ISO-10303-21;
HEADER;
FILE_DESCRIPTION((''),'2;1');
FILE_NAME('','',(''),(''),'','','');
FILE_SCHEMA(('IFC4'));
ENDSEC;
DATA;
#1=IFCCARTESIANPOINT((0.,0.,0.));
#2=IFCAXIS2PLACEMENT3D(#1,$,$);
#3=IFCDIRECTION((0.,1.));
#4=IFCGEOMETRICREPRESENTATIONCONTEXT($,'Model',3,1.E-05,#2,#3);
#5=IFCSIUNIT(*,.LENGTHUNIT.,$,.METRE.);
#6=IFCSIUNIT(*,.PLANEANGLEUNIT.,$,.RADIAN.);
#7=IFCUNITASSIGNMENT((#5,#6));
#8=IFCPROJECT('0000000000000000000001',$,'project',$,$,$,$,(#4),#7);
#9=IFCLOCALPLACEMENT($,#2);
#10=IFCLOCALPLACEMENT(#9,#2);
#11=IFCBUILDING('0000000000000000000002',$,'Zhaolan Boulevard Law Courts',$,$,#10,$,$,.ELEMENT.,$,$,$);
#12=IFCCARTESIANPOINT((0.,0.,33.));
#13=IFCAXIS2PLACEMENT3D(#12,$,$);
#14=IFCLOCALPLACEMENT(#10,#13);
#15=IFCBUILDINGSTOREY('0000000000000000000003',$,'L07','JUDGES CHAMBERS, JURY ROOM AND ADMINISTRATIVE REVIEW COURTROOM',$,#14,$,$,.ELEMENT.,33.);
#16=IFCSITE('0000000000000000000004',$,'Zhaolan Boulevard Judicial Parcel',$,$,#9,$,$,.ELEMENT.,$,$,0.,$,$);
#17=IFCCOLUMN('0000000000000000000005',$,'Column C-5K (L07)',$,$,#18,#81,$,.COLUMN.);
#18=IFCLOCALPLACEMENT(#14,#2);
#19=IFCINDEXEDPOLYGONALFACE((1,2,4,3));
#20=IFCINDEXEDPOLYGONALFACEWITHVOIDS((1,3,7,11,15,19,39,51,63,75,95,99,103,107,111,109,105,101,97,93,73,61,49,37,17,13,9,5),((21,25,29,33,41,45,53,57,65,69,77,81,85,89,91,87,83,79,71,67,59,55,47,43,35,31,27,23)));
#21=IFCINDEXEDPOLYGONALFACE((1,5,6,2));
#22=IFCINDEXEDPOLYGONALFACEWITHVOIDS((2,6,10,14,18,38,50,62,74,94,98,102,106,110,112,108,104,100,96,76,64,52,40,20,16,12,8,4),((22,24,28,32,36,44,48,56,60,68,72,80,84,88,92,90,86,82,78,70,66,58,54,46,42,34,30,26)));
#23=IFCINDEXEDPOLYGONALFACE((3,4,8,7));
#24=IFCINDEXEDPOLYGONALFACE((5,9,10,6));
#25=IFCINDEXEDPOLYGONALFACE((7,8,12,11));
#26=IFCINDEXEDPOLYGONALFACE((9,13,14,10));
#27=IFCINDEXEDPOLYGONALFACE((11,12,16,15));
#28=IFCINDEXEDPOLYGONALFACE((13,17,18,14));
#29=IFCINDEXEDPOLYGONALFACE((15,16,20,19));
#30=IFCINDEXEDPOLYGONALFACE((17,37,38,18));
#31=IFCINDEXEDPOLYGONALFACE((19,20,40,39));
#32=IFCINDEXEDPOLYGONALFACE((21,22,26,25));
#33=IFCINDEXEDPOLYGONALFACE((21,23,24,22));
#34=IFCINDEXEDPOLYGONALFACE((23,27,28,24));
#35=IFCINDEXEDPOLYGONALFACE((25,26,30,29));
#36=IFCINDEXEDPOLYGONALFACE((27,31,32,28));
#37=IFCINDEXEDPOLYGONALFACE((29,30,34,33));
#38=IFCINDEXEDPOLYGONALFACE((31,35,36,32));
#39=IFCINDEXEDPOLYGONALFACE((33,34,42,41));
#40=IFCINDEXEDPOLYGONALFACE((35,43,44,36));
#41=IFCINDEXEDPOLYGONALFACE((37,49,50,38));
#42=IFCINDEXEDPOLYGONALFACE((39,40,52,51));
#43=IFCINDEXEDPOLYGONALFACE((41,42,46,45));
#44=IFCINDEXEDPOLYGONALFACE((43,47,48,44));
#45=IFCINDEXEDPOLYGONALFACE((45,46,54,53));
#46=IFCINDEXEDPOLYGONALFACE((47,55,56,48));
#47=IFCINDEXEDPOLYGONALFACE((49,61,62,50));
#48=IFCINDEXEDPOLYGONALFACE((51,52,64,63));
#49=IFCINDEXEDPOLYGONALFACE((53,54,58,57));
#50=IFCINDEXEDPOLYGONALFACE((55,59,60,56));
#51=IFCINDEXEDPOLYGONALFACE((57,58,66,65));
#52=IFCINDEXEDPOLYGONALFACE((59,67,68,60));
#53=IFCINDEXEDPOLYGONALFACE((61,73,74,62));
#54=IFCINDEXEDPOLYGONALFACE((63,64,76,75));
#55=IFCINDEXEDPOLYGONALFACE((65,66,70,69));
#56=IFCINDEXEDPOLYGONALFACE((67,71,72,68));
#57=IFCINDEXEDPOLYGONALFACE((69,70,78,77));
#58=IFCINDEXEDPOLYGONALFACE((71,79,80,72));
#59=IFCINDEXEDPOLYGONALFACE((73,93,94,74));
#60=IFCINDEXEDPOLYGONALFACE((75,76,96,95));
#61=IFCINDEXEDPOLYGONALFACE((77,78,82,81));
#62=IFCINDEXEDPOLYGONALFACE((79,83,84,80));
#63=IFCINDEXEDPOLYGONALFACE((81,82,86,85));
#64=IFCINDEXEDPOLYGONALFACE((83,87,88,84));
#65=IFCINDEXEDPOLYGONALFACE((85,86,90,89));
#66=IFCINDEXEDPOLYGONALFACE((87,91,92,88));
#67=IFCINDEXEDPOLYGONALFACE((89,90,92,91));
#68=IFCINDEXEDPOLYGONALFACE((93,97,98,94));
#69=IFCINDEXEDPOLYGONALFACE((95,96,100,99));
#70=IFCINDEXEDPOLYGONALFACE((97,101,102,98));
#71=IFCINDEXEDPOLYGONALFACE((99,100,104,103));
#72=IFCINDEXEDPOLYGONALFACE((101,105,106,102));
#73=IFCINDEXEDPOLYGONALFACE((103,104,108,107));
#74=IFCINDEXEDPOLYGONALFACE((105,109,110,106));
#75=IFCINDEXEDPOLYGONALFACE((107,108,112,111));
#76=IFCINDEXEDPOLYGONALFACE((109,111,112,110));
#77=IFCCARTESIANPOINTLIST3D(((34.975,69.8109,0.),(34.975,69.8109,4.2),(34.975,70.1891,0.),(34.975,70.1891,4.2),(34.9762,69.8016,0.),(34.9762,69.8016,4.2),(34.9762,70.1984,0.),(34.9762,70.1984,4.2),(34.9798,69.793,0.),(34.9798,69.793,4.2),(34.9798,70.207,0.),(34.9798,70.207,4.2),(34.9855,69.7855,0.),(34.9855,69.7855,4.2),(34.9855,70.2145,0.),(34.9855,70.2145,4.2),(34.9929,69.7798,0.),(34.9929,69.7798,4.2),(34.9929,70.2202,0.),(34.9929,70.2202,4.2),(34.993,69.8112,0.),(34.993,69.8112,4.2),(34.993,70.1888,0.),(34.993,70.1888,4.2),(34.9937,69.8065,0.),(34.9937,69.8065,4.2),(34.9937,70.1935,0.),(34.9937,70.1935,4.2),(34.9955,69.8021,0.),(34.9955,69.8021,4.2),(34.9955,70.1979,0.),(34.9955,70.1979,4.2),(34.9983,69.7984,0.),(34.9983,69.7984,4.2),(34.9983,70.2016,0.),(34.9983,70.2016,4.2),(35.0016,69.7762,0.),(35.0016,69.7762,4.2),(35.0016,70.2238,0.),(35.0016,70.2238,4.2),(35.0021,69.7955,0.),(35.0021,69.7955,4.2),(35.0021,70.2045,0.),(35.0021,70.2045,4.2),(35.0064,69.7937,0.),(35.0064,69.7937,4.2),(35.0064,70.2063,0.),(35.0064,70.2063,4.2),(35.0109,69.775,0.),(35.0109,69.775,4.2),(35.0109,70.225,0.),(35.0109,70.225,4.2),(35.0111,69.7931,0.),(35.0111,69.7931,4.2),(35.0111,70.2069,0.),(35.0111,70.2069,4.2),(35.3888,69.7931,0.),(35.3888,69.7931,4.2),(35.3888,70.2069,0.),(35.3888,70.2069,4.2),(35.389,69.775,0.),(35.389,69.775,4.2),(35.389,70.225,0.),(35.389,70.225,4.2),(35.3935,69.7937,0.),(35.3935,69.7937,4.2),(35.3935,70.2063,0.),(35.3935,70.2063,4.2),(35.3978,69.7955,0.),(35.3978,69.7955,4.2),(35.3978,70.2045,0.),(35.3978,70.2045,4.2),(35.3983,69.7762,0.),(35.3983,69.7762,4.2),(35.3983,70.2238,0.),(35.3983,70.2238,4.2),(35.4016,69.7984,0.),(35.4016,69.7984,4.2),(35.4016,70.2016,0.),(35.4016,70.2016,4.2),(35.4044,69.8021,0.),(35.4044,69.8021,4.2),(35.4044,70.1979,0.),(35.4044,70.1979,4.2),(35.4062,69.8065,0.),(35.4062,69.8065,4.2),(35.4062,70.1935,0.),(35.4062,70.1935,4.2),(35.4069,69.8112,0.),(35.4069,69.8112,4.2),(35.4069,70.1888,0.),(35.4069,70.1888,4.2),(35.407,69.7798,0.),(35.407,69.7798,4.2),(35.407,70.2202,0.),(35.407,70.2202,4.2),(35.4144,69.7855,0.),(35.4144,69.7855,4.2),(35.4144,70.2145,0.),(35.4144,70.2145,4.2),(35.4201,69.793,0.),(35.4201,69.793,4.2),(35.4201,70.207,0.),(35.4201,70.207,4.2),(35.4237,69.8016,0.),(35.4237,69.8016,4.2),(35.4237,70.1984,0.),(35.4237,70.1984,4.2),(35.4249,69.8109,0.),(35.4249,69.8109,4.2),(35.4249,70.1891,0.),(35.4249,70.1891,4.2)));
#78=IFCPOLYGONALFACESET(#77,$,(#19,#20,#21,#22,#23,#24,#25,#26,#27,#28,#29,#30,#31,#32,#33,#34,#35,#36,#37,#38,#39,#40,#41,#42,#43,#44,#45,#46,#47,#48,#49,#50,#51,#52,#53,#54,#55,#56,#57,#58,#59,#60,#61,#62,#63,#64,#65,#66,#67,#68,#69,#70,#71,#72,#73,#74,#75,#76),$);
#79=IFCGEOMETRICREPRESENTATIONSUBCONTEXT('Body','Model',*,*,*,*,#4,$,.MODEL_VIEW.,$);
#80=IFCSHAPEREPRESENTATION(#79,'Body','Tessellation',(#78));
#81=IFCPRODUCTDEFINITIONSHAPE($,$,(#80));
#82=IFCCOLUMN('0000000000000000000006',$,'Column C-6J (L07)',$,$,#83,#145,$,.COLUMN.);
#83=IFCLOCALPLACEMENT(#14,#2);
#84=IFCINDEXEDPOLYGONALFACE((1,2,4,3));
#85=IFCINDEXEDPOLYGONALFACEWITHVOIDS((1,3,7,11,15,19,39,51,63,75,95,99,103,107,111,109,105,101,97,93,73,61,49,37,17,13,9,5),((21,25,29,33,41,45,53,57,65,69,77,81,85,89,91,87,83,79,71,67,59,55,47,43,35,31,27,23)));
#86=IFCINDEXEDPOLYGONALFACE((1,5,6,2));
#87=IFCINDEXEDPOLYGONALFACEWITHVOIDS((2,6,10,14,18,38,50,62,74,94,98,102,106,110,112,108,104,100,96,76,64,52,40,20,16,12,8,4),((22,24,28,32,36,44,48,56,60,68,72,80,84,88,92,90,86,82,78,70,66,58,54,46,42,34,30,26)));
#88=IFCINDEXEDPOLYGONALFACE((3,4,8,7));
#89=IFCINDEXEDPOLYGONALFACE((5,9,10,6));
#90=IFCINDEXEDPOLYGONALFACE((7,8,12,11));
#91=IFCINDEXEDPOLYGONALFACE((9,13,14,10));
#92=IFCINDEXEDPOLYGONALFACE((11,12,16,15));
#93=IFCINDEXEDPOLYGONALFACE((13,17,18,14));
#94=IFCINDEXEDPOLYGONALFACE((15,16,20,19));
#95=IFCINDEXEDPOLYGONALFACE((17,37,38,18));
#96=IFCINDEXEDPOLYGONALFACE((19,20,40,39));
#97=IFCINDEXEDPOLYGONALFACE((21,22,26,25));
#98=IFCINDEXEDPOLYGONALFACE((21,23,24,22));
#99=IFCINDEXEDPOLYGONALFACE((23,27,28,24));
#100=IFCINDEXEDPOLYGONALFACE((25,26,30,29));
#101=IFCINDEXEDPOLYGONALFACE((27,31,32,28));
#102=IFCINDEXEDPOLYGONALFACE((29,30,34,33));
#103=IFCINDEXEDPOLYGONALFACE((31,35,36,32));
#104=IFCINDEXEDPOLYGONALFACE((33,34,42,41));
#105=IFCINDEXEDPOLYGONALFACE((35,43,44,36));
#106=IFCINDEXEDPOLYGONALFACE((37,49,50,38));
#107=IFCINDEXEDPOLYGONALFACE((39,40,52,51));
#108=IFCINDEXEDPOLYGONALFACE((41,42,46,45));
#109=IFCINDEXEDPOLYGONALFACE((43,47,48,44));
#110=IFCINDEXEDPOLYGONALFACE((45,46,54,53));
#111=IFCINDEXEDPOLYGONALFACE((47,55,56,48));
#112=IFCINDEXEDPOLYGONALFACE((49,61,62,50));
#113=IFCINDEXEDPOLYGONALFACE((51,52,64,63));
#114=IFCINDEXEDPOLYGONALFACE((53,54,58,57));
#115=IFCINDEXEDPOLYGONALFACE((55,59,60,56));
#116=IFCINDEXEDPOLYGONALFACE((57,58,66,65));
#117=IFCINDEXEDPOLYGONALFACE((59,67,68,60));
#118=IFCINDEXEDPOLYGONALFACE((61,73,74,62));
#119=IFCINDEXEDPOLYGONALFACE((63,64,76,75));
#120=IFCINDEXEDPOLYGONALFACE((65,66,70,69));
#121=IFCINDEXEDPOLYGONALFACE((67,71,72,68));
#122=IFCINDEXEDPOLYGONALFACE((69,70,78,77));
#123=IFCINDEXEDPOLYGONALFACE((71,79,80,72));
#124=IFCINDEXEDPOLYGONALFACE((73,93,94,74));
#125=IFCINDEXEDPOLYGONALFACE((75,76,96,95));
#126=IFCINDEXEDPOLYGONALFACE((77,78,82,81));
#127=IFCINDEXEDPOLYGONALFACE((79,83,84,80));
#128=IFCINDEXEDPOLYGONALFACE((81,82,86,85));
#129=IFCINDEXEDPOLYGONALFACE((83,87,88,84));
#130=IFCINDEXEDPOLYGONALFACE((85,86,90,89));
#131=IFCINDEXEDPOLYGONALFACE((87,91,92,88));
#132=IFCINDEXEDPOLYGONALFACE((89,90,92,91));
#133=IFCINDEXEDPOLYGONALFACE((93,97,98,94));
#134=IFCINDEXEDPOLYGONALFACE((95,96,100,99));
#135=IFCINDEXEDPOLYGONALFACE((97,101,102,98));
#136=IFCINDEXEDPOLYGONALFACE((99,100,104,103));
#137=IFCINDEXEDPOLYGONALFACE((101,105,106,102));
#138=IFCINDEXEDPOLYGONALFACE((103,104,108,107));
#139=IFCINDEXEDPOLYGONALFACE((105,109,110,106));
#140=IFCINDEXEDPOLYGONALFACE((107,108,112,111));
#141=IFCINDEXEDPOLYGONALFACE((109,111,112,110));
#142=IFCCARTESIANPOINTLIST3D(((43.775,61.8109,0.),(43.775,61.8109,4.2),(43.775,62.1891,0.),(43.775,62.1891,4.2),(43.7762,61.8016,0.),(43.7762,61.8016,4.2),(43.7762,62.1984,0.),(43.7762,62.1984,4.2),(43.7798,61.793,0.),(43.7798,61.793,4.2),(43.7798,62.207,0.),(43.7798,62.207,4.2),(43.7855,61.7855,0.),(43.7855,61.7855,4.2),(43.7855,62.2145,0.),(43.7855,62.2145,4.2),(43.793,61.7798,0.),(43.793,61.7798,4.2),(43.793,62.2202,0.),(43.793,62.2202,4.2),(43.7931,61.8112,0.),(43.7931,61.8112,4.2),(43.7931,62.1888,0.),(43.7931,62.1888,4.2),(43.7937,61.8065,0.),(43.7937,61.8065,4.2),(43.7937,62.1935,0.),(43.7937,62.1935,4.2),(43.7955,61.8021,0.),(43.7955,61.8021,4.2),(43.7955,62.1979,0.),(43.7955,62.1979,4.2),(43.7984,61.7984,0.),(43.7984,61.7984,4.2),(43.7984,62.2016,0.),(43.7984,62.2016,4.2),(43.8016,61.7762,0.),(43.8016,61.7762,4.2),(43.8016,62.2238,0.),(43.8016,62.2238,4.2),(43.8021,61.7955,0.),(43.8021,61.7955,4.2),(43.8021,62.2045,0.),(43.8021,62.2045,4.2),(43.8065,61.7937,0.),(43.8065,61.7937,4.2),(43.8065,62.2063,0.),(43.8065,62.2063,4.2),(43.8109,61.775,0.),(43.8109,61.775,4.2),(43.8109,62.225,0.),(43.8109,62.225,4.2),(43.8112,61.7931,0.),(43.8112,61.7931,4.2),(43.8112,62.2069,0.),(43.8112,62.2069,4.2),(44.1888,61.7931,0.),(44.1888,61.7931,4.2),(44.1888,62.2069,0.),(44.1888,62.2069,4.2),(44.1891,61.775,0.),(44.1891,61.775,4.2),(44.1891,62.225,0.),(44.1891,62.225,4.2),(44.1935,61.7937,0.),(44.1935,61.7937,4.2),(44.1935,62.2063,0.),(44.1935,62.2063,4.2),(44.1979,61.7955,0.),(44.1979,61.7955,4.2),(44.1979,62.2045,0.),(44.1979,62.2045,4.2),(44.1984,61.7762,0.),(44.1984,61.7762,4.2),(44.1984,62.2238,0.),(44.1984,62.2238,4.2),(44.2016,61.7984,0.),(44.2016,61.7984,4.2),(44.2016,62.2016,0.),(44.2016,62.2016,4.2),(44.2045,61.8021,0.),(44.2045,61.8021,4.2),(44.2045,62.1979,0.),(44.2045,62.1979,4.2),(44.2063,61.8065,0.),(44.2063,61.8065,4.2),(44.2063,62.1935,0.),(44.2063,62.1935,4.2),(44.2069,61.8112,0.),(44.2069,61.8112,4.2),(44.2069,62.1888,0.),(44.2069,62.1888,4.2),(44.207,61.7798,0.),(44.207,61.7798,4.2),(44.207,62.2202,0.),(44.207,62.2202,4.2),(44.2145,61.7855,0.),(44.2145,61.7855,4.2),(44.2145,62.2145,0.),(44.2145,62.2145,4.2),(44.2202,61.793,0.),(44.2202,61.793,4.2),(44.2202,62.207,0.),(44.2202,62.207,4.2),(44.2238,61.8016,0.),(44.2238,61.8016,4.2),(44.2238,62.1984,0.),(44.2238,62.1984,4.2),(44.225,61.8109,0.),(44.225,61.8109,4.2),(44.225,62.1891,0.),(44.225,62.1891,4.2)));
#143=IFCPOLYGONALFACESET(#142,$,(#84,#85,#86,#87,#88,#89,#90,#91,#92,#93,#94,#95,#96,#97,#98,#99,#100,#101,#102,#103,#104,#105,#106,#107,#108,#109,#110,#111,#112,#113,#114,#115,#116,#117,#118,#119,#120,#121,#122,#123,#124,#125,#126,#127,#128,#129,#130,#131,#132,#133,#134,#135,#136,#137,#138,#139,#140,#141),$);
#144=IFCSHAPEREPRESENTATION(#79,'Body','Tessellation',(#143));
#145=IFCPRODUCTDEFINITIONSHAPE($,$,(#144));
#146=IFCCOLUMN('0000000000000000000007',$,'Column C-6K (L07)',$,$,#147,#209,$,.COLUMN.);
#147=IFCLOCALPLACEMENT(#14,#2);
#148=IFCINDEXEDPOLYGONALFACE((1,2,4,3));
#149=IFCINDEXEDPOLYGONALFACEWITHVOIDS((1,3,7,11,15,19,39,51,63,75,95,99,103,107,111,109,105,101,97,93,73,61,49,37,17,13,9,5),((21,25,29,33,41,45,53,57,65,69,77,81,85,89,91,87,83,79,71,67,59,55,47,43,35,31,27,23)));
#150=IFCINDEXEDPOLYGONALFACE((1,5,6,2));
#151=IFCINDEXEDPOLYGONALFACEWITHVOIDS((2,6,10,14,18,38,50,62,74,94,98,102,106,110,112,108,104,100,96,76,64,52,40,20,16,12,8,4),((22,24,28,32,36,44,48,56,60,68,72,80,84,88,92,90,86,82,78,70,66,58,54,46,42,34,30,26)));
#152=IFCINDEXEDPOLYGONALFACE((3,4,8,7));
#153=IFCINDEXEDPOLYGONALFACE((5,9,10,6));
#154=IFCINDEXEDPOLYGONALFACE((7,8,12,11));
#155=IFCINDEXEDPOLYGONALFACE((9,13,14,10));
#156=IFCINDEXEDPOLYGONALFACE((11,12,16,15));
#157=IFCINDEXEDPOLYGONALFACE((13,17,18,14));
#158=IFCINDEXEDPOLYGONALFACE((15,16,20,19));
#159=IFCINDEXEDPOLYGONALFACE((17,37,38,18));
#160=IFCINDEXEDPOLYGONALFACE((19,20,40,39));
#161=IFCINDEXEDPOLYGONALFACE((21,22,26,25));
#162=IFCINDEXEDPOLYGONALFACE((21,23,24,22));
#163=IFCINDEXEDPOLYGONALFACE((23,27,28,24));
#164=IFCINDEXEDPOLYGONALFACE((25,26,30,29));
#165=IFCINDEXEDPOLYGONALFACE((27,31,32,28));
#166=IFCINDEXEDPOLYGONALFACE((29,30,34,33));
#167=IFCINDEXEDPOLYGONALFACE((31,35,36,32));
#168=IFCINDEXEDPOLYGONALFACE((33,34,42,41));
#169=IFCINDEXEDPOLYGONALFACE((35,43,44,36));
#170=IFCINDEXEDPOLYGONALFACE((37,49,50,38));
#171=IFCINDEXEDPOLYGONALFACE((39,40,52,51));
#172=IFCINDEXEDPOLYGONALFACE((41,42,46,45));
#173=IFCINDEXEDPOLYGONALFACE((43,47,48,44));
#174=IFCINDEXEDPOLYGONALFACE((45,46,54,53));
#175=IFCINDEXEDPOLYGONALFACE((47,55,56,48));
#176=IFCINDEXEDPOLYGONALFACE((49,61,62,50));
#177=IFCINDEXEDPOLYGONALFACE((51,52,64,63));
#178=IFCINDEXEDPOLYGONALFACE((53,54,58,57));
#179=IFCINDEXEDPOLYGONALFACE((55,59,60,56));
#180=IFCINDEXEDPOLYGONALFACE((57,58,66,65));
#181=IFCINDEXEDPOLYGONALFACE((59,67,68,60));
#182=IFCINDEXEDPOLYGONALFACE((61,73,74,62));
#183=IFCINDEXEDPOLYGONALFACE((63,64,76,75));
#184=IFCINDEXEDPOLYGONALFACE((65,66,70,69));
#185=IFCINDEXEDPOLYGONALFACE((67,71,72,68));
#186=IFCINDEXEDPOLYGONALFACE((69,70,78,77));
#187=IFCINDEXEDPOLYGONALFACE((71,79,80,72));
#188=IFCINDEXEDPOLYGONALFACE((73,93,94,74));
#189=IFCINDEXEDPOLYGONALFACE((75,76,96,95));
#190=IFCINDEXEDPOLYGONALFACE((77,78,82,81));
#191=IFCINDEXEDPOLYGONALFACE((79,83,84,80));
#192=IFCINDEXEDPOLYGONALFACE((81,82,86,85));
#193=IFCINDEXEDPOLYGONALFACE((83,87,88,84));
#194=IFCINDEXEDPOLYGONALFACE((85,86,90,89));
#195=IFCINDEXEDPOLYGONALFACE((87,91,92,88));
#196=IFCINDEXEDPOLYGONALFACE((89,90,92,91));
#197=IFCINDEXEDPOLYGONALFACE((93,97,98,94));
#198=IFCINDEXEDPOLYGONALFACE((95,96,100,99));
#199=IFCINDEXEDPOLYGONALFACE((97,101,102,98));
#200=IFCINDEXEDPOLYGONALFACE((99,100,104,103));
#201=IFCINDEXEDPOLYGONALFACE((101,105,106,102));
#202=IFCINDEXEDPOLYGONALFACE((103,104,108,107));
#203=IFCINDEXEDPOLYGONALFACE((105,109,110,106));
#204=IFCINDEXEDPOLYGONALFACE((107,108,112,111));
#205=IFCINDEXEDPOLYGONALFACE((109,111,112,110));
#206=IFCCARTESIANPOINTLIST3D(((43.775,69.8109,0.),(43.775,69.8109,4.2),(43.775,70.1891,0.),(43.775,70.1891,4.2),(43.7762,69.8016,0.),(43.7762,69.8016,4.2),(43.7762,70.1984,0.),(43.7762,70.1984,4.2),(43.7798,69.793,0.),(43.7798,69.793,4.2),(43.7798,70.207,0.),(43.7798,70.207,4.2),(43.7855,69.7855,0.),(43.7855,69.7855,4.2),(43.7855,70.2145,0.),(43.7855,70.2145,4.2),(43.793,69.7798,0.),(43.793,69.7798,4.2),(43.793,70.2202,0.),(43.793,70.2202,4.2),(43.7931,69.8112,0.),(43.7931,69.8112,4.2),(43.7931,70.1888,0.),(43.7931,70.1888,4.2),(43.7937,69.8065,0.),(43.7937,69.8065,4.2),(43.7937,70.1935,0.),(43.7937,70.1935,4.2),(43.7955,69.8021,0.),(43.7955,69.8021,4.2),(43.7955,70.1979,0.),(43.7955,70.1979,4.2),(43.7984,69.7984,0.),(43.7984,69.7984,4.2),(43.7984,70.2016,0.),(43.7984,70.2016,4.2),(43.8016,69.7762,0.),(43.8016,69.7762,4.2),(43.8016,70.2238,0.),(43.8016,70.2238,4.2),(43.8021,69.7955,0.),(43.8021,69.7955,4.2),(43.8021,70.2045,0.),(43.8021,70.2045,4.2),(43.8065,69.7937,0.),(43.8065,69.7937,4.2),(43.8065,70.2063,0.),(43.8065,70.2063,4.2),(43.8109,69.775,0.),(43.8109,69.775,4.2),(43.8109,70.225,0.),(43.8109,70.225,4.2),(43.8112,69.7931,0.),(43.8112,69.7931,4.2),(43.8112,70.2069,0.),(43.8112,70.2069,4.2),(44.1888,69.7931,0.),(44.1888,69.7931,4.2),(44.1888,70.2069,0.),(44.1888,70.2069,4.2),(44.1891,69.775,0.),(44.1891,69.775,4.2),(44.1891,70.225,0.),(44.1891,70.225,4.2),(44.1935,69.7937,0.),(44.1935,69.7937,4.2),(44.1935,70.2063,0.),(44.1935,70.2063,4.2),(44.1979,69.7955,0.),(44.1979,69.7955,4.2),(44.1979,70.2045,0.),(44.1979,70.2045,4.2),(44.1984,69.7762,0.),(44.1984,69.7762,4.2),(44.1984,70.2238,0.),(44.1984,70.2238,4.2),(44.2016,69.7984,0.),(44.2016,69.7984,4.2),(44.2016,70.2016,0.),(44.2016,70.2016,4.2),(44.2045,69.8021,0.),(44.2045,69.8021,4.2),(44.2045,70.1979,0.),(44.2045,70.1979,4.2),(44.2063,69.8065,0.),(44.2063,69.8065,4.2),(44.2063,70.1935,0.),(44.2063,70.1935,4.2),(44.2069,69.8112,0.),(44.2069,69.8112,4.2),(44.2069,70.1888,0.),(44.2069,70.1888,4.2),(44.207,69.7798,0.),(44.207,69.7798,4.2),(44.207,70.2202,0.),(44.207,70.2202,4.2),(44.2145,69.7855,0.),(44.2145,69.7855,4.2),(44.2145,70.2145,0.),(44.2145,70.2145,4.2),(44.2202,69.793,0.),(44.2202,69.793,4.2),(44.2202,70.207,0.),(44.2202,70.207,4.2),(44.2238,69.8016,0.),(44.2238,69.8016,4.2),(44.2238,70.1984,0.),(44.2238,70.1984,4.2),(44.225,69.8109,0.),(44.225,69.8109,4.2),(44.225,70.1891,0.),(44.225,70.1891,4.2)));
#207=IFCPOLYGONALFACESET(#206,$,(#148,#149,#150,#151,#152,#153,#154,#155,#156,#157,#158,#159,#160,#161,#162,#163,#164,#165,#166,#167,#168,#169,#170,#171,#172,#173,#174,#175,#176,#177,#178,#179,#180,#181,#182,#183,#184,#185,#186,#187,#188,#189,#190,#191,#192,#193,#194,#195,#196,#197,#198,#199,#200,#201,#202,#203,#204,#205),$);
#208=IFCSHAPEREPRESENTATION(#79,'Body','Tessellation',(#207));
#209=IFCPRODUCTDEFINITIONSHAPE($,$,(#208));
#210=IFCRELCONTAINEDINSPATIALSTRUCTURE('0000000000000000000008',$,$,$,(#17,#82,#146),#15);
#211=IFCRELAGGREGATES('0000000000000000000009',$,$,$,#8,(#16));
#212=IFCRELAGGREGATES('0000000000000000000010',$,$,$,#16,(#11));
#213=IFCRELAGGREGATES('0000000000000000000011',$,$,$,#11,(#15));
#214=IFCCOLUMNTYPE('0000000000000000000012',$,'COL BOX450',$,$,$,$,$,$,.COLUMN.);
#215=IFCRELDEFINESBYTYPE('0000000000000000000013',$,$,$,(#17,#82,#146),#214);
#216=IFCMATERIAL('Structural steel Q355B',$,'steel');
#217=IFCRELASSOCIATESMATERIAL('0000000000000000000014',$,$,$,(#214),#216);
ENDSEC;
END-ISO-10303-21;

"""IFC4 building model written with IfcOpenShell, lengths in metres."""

from ifc_helpers import new_model, si_unit, direction, frame, origin, origin_2d, place, context, subcontext, project, spatial, hollow_rectangle, extrude, material, material_profile, profile_set, type_object, element, save


model = new_model("IFC4")

# Units and contexts
model_context = context("Model", 3, precision=1e-05, world=origin(), true_north=direction((0.0, 1.0)))
body_context = subcontext(model_context, "Body", "Model", "MODEL_VIEW")
ifc_project = project(units=[si_unit("LENGTHUNIT", "METRE"), si_unit("PLANEANGLEUNIT", "RADIAN")], contexts=[model_context])

# Site, building, storey
site_placement = place(None, origin())
site = spatial("IfcSite", under=ifc_project, at=site_placement, Name="Zhaolan Boulevard Judicial Parcel", CompositionType="ELEMENT", RefElevation=0.0)
building_placement = place(site_placement, origin())
building = spatial("IfcBuilding", under=site, at=building_placement, Name="Zhaolan Boulevard Law Courts", CompositionType="ELEMENT")
storey_placement = place(building_placement, frame((0.0, 0.0, 33.0)))
storey = spatial("IfcBuildingStorey", under=building, at=storey_placement, Name="L07", Description="JUDGES CHAMBERS, JURY ROOM AND ADMINISTRATIVE REVIEW COURTROOM", CompositionType="ELEMENT", Elevation=33.0)

# Columns
ifc_material_1 = material(Name="Structural steel Q355B", Category="steel")
ifc_material_profile_1 = material_profile(ifc_material_1, hollow_rectangle(XDim=0.45, YDim=0.45, WallThickness=0.0181, InnerFilletRadius=0.0181, OuterFilletRadius=0.0359, at=origin_2d()), Name="BOX450x450x18")
ifc_profile_set_1 = profile_set([ifc_material_profile_1], Name="Structural steel Q355B")
column_type = type_object("IfcColumnType", Name="COL BOX450", PredefinedType="COLUMN", material=ifc_profile_set_1)
for number, where, z_axis, x_axis, name in (
    (1, (35.2, 70.0, 0.0), (0.0, 0.0, 1.0), (1.0, 0.0, 0.0), "Column C-5K (L07)"),
    (2, (44.0, 62.0, 0.0), (0.0, 0.0, 1.0), (1.0, 0.0, 0.0), "Column C-6J (L07)"),
    (3, (44.0, 70.0, 0.0), (0.0, 0.0, 1.0), (1.0, 0.0, 0.0), "Column C-6K (L07)"),
):
    element("IfcColumn", number, at=place(storey_placement, frame(where, z_axis=z_axis, x_axis=x_axis)), inside=storey, type_object=column_type, Name=name, PredefinedType="COLUMN", context=body_context, shape_type="SweptSolid", body=[
        extrude(hollow_rectangle(XDim=0.45, YDim=0.45, WallThickness=0.0181, InnerFilletRadius=0.0181, OuterFilletRadius=0.0359, at=origin_2d()), origin(), (0.0, 0.0, 1.0), 4.2),
    ])

save(model, "model.ifc")
